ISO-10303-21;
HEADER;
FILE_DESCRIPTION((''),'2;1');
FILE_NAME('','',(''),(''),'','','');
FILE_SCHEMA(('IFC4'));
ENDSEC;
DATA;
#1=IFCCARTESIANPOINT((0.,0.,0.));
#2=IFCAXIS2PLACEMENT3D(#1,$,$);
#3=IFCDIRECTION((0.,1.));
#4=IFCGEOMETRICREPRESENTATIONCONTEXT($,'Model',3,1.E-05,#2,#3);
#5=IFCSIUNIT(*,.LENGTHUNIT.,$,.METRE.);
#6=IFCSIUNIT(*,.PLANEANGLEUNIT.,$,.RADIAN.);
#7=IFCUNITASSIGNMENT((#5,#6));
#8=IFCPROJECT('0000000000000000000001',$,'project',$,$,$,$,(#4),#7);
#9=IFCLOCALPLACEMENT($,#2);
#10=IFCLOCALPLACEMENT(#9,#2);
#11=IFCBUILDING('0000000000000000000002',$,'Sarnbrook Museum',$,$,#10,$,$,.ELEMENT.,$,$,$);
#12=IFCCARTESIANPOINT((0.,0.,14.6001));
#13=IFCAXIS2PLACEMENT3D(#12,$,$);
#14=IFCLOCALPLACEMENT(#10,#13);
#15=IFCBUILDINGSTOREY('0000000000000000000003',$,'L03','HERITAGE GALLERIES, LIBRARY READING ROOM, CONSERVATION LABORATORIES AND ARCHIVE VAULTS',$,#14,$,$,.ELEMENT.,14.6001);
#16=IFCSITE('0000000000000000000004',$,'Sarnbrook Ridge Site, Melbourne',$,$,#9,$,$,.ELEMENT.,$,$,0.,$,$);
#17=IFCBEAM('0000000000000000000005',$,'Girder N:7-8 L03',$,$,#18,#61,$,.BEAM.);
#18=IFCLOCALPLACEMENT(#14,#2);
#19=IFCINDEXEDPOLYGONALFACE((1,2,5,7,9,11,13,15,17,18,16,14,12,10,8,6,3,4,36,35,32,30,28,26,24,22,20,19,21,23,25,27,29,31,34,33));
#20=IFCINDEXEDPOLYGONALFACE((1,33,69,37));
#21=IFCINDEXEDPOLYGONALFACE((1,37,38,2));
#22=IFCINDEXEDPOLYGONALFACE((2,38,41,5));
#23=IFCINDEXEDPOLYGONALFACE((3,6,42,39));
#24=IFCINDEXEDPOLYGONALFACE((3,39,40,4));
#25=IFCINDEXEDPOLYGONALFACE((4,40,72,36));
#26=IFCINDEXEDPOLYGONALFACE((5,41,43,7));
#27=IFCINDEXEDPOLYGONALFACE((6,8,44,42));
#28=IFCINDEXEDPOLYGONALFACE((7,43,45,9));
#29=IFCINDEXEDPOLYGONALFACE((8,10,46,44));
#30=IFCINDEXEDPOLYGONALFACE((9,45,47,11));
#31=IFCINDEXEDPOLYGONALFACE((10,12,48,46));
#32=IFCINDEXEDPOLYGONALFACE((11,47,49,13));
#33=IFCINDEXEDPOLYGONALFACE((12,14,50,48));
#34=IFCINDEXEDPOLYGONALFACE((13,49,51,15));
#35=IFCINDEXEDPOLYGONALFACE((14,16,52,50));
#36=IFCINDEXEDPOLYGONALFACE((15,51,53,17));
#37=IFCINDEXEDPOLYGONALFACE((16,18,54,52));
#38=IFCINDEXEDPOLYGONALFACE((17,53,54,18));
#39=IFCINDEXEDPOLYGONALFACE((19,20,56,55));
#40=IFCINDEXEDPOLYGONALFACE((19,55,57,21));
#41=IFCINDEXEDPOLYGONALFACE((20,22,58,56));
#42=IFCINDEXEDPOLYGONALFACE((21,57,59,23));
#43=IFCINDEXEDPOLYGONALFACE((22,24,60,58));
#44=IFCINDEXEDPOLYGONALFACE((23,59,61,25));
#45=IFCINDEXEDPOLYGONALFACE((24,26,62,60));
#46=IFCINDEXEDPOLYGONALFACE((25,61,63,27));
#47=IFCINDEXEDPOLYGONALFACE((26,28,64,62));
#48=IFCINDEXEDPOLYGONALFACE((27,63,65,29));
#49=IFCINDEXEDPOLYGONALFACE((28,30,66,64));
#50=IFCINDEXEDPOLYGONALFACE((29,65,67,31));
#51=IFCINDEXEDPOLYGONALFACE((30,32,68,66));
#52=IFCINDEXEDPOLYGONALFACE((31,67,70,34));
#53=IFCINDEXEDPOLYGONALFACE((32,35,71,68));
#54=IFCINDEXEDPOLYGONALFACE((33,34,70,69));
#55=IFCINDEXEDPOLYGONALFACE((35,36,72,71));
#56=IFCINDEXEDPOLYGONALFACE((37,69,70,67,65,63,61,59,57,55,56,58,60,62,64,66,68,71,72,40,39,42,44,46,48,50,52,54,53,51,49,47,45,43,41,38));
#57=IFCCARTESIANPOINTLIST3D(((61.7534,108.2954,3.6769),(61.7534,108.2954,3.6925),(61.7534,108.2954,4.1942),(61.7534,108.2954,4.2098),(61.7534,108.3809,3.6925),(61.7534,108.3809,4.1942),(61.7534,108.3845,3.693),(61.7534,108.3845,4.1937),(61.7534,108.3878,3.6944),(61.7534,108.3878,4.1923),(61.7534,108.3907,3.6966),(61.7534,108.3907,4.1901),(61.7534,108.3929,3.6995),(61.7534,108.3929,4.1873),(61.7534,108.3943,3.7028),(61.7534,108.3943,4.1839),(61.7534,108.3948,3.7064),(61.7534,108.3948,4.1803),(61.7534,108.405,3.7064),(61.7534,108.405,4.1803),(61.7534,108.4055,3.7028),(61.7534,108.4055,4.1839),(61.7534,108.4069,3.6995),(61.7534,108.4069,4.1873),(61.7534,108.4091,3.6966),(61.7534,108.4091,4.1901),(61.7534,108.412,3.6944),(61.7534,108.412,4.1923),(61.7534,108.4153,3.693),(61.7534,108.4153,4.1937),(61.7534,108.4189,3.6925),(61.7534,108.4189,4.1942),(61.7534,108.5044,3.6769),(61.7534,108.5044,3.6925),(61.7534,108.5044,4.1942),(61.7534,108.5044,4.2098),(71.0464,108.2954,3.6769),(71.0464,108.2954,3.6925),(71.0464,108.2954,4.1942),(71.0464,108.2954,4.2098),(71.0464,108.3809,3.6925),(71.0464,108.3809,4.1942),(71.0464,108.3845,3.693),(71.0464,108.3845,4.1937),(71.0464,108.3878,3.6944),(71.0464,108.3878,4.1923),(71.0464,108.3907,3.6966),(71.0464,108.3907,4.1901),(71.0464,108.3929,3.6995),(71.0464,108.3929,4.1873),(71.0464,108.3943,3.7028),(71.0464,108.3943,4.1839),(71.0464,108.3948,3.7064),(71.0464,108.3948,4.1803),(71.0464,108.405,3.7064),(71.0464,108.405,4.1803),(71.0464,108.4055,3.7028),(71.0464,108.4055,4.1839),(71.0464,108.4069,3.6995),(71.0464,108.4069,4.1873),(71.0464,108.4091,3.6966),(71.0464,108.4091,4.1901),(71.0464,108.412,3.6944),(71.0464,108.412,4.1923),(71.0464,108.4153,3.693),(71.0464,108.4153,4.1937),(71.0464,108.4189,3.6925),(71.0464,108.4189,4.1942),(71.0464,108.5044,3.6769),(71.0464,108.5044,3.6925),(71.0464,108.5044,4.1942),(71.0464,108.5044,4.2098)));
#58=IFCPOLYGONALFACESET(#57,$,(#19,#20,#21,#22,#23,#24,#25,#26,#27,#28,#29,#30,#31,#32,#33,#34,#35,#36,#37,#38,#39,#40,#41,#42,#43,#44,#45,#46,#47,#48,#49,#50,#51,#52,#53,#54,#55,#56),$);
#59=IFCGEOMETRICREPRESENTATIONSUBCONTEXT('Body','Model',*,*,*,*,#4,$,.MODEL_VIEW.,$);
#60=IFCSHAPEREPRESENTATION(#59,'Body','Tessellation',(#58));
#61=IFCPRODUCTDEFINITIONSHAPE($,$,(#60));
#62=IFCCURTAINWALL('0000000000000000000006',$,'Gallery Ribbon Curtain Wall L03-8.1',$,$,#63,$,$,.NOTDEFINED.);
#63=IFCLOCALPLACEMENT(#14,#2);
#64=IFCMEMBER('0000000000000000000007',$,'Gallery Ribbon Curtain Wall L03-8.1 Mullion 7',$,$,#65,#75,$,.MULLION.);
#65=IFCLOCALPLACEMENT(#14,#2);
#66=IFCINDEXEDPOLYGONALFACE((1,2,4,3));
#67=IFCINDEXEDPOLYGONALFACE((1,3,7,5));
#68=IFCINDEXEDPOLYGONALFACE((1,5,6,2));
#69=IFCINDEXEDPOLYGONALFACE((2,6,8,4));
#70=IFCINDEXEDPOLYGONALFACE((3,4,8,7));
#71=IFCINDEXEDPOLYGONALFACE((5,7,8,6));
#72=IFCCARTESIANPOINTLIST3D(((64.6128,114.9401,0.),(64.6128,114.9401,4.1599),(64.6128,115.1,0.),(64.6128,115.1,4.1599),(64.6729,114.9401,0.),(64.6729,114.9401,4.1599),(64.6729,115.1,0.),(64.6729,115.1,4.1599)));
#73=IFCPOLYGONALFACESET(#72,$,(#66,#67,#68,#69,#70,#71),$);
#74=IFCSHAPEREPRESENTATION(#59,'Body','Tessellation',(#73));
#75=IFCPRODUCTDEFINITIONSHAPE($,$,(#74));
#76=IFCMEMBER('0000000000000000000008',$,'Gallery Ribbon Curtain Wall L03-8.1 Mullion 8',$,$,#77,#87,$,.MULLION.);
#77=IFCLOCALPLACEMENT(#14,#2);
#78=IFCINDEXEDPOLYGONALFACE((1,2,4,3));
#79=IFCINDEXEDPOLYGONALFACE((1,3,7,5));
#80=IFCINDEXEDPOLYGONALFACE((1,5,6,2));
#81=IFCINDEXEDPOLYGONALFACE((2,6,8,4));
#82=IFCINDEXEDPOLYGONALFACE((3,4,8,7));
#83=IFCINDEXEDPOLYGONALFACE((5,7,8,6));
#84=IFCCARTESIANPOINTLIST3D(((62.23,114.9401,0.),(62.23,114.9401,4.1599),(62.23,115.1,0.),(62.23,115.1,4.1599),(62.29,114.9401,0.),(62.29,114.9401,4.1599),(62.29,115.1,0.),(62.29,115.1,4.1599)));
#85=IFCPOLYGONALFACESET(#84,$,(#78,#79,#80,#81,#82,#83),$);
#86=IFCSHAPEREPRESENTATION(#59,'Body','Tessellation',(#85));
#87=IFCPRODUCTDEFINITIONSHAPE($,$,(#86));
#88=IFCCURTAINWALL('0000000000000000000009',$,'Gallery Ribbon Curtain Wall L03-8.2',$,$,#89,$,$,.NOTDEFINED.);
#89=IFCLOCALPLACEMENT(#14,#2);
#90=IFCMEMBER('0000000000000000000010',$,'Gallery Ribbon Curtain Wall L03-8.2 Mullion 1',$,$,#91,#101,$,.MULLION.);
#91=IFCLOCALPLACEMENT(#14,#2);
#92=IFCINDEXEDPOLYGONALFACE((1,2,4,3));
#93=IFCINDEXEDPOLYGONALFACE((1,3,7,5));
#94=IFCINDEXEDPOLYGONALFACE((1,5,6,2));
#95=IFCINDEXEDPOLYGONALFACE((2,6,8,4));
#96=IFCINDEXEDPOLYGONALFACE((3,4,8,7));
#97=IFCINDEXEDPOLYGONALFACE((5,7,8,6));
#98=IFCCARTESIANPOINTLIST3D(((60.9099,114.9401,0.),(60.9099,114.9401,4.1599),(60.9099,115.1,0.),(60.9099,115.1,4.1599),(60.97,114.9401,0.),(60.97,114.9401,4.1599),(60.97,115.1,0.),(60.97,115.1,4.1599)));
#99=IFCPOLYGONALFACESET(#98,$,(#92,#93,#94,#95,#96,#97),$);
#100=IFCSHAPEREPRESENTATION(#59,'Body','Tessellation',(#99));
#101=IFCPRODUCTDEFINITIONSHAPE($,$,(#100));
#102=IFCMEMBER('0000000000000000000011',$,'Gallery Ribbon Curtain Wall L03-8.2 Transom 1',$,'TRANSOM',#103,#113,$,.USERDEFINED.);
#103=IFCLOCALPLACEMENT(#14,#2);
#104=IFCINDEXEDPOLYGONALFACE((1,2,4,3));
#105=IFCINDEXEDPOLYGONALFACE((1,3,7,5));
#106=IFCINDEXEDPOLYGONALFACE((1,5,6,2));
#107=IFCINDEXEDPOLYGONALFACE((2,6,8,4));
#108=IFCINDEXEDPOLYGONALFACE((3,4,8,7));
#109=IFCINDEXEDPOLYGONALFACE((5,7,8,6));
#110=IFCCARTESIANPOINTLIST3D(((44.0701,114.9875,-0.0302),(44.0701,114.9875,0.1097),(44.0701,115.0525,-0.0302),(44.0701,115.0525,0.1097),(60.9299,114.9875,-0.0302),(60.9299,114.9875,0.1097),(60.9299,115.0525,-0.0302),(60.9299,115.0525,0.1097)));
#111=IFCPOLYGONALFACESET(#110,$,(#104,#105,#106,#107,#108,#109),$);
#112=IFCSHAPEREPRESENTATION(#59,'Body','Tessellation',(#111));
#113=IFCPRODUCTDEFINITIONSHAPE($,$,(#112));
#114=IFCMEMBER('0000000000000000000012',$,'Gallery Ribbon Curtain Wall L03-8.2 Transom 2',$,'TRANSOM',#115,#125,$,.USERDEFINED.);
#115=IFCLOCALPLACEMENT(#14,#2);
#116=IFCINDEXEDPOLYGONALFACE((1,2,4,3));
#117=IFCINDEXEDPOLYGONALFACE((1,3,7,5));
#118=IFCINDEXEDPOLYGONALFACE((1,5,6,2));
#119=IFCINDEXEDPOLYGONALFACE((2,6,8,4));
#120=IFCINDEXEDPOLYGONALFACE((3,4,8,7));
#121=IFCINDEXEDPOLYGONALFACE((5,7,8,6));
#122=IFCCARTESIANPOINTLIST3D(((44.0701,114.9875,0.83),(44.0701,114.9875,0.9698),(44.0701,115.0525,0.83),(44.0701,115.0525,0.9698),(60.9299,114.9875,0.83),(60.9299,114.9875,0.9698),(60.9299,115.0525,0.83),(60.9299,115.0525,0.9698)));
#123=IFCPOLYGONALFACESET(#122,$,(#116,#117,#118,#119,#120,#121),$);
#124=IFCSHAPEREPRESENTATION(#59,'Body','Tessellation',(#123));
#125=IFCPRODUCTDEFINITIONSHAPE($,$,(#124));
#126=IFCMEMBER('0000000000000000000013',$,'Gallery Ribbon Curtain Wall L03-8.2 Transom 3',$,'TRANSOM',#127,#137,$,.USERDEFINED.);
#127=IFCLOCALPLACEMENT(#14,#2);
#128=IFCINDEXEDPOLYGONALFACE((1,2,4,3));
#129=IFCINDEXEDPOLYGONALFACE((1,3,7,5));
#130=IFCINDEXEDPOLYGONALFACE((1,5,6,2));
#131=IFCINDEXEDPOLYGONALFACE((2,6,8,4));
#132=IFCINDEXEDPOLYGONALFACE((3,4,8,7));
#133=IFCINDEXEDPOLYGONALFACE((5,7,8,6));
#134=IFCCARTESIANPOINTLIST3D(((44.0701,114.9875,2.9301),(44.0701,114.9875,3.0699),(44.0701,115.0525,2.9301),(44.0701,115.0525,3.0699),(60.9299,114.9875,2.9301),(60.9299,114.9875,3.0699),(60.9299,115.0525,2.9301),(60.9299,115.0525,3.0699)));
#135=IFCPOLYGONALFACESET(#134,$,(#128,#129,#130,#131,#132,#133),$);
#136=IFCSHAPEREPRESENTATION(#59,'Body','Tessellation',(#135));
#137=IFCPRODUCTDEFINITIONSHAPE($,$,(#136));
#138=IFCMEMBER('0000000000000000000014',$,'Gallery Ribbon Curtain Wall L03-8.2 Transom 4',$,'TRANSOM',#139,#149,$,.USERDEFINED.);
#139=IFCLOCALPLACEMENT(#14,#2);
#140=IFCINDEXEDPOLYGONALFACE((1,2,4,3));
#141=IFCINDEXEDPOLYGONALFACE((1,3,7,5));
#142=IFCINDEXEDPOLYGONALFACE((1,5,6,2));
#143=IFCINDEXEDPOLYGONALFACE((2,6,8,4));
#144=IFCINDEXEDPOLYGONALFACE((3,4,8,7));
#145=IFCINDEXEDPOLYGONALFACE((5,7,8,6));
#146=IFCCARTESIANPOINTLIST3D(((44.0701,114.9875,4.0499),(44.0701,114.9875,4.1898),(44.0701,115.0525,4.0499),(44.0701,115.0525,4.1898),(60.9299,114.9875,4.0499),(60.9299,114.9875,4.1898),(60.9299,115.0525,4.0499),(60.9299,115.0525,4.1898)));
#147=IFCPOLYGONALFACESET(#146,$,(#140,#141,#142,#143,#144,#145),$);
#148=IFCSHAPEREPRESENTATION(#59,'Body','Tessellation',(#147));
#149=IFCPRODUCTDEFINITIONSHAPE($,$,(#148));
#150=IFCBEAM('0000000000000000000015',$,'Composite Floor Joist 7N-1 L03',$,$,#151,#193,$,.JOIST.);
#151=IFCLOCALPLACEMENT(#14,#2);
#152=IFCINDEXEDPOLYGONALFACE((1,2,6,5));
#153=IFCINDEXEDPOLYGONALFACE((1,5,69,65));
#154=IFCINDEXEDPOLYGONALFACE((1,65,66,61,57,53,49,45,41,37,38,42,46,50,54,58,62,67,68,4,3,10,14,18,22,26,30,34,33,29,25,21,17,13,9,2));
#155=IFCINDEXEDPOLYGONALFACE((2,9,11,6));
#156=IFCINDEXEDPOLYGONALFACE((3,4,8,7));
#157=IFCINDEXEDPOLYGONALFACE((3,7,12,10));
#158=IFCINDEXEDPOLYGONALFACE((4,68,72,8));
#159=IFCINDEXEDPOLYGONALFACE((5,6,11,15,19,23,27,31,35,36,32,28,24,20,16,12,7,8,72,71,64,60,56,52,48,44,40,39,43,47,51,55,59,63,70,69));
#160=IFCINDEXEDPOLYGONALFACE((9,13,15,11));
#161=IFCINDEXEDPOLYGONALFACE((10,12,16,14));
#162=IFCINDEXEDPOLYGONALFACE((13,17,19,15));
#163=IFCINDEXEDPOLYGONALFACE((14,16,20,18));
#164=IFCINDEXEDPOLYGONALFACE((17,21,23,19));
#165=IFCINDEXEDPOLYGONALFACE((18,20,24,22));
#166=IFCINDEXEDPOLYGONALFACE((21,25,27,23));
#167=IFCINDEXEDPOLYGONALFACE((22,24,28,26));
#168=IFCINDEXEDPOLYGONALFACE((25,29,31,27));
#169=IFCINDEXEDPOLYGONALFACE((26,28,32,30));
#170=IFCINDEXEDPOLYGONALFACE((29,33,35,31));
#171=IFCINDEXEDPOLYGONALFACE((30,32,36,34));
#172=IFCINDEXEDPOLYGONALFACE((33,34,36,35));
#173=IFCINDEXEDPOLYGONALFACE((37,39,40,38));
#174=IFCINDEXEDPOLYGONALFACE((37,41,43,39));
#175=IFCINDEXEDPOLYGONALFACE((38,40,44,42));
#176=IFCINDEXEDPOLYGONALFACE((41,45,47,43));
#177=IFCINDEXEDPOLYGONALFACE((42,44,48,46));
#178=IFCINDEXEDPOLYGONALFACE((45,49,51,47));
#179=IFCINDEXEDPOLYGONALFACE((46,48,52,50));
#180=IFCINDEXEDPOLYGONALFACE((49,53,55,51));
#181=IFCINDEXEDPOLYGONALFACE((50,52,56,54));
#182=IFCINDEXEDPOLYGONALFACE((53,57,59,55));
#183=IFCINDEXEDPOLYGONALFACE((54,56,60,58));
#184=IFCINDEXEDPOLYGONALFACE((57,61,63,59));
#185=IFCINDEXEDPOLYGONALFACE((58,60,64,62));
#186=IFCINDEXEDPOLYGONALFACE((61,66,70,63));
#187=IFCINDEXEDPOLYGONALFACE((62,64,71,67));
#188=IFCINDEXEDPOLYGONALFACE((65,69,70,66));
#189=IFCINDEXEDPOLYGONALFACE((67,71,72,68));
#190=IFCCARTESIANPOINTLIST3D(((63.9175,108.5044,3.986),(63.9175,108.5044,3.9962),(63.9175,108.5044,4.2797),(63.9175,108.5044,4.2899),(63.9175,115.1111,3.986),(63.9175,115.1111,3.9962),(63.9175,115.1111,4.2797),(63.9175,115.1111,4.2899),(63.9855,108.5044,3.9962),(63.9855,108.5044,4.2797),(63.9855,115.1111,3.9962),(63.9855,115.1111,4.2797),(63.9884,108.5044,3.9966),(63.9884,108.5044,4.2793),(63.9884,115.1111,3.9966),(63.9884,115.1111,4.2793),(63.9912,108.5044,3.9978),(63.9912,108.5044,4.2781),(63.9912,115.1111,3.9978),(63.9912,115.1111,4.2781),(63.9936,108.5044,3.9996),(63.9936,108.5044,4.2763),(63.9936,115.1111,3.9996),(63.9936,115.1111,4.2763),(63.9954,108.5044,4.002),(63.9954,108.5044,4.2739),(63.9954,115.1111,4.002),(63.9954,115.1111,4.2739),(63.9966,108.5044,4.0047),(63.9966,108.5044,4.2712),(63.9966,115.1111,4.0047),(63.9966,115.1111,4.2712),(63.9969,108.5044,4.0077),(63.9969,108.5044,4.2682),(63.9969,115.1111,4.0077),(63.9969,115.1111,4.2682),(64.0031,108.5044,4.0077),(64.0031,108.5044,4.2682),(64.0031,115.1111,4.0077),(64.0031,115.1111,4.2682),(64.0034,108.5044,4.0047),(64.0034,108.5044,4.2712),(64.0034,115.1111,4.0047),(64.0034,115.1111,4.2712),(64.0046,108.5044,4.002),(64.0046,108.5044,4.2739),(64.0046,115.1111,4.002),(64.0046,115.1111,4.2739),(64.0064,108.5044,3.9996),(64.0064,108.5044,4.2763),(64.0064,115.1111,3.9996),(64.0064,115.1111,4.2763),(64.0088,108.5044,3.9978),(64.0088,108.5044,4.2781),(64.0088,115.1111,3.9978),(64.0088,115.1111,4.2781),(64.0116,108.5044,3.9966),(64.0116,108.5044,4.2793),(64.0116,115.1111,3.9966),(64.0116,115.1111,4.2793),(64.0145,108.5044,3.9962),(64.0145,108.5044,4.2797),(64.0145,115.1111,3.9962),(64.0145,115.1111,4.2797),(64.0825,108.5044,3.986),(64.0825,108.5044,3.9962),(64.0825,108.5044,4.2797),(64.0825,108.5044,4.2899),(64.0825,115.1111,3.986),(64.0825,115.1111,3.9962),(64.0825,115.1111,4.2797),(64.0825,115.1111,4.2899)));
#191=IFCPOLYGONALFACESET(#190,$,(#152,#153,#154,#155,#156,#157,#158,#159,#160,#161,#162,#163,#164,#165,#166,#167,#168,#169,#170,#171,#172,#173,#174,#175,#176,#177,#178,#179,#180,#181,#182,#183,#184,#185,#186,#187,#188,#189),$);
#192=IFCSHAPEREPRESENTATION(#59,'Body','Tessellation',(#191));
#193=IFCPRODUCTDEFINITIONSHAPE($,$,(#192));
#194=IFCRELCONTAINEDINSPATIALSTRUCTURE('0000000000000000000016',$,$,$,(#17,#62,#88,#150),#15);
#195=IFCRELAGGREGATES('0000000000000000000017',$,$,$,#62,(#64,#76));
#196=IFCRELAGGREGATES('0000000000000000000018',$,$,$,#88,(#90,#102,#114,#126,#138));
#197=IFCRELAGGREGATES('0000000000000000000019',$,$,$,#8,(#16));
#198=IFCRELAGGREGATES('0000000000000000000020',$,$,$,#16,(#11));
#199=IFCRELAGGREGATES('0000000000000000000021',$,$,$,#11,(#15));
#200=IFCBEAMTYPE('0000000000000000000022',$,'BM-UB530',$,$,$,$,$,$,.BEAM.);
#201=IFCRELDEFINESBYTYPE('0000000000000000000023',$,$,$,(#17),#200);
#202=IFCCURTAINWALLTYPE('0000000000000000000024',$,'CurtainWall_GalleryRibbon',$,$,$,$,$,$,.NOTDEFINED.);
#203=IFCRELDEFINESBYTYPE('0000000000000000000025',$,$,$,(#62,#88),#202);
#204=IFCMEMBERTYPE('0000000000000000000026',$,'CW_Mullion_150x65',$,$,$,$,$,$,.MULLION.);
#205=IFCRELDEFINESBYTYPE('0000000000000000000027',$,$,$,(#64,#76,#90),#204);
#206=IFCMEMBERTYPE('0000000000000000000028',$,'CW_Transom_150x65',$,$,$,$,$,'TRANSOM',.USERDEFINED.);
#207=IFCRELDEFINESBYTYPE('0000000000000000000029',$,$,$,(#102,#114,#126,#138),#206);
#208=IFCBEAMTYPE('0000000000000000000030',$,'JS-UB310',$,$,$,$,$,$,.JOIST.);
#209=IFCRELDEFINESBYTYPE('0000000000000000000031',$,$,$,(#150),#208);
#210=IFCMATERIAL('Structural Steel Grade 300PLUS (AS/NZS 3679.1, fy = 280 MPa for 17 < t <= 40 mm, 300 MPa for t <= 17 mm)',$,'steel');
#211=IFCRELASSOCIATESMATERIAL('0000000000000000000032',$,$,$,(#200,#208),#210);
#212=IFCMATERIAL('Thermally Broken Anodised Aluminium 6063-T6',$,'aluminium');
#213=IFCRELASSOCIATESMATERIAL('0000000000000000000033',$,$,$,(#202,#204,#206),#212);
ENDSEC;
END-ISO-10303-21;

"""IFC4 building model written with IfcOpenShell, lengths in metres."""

from ifc_helpers import new_model, si_unit, direction, frame, origin, origin_2d, place, context, subcontext, project, spatial, rectangle, i_section, extrude, material, material_profile, profile_set, type_object, element, aggregate, save


model = new_model("IFC4")

# Units and contexts
model_context = context("Model", 3, precision=1e-05, world=origin(), true_north=direction((0.0, 1.0)))
body_context = subcontext(model_context, "Body", "Model", "MODEL_VIEW")
ifc_project = project(units=[si_unit("LENGTHUNIT", "METRE"), si_unit("PLANEANGLEUNIT", "RADIAN")], contexts=[model_context])

# Site, building, storey
site_placement = place(None, origin())
site = spatial("IfcSite", under=ifc_project, at=site_placement, Name="Sarnbrook Ridge Site, Melbourne", CompositionType="ELEMENT", RefElevation=0.0)
building_placement = place(site_placement, origin())
building = spatial("IfcBuilding", under=site, at=building_placement, Name="Sarnbrook Museum", CompositionType="ELEMENT")
storey_placement = place(building_placement, frame((0.0, 0.0, 14.6001)))
storey = spatial("IfcBuildingStorey", under=building, at=storey_placement, Name="L03", Description="HERITAGE GALLERIES, LIBRARY READING ROOM, CONSERVATION LABORATORIES AND ARCHIVE VAULTS", CompositionType="ELEMENT", Elevation=14.6001)

# Shared definitions
ifc_material_1 = material(Name="Structural Steel Grade 300PLUS (AS/NZS 3679.1, fy = 280 MPa for 17 < t <= 40 mm, 300 MPa for t <= 17 mm)", Category="steel")

# Beam
ifc_material_profile_1 = material_profile(ifc_material_1, i_section(OverallWidth=0.209, OverallDepth=0.533, WebThickness=0.0103, FlangeThickness=0.0156, FilletRadius=0.0139, at=origin_2d()), Name="530UB92.4")
ifc_profile_set_1 = profile_set([ifc_material_profile_1], Name="Structural Steel Grade 300PLUS (AS/NZS 3679.1, fy = 280 MPa for 17 < t <= 40 mm, 300 MPa for t <= 17 mm)")
beam_type_1 = type_object("IfcBeamType", Name="BM-UB530", PredefinedType="BEAM", material=ifc_profile_set_1)
beam_1_placement = place(storey_placement, frame((61.7534, 108.3999, 3.9434), z_axis=(1.0, 0.0, 0.0), x_axis=(0.0, 1.0, 0.0)))
element("IfcBeam", 1, at=beam_1_placement, inside=storey, type_object=beam_type_1, Name="Girder N:7-8 L03", PredefinedType="BEAM", context=body_context, shape_type="SweptSolid", body=[
    extrude(i_section(OverallWidth=0.209, OverallDepth=0.533, WebThickness=0.0103, FlangeThickness=0.0156, FilletRadius=0.0139, at=origin_2d()), origin(), (0.0, 0.0, 1.0), 9.293),
])

# Curtain walls, members
ifc_material_2 = material(Name="Thermally Broken Anodised Aluminium 6063-T6", Category="aluminium")
curtain_wall_type = type_object("IfcCurtainWallType", Name="CurtainWall_GalleryRibbon", PredefinedType="NOTDEFINED", material=ifc_material_2)
curtain_wall_1_placement = place(storey_placement, origin())
curtain_wall_1 = element("IfcCurtainWall", 2, at=curtain_wall_1_placement, inside=storey, type_object=curtain_wall_type, Name="Gallery Ribbon Curtain Wall L03-8.1", PredefinedType="NOTDEFINED")
ifc_material_profile_2 = material_profile(ifc_material_2, rectangle(XDim=0.0601, YDim=0.1599, at=origin_2d()), Name="ALU MULLION 60x160")
ifc_profile_set_2 = profile_set([ifc_material_profile_2], Name="Thermally Broken Anodised Aluminium 6063-T6")
member_type_1 = type_object("IfcMemberType", Name="CW_Mullion_150x65", PredefinedType="MULLION", material=ifc_profile_set_2)
member_1_placement = place(storey_placement, frame((64.6428, 115.02, 0.0), z_axis=(0.0, 0.0, 1.0), x_axis=(1.0, 0.0, 0.0)))
member_1 = element("IfcMember", 3, at=member_1_placement, type_object=member_type_1, Name="Gallery Ribbon Curtain Wall L03-8.1 Mullion 7", PredefinedType="MULLION", context=body_context, shape_type="SweptSolid", body=[
    extrude(rectangle(XDim=0.0601, YDim=0.1599, at=origin_2d()), origin(), (0.0, 0.0, 1.0), 4.1599),
])
member_2_placement = place(storey_placement, frame((62.26, 115.02, 0.0), z_axis=(0.0, 0.0, 1.0), x_axis=(1.0, 0.0, 0.0)))
member_2 = element("IfcMember", 4, at=member_2_placement, type_object=member_type_1, Name="Gallery Ribbon Curtain Wall L03-8.1 Mullion 8", PredefinedType="MULLION", context=body_context, shape_type="SweptSolid", body=[
    extrude(rectangle(XDim=0.0601, YDim=0.1599, at=origin_2d()), origin(), (0.0, 0.0, 1.0), 4.1599),
])
curtain_wall_2_placement = place(storey_placement, origin())
curtain_wall_2 = element("IfcCurtainWall", 5, at=curtain_wall_2_placement, inside=storey, type_object=curtain_wall_type, Name="Gallery Ribbon Curtain Wall L03-8.2", PredefinedType="NOTDEFINED")
member_3_placement = place(storey_placement, frame((60.9399, 115.02, 0.0), z_axis=(0.0, 0.0, 1.0), x_axis=(1.0, 0.0, 0.0)))
member_3 = element("IfcMember", 6, at=member_3_placement, type_object=member_type_1, Name="Gallery Ribbon Curtain Wall L03-8.2 Mullion 1", PredefinedType="MULLION", context=body_context, shape_type="SweptSolid", body=[
    extrude(rectangle(XDim=0.0601, YDim=0.1599, at=origin_2d()), origin(), (0.0, 0.0, 1.0), 4.1599),
])
ifc_material_profile_3 = material_profile(ifc_material_2, rectangle(XDim=0.0649, YDim=0.1399, at=origin_2d()), Name="ALU TRANSOM 65x140")
ifc_profile_set_3 = profile_set([ifc_material_profile_3], Name="Thermally Broken Anodised Aluminium 6063-T6")
member_type_2 = type_object("IfcMemberType", Name="CW_Transom_150x65", ElementType="TRANSOM", PredefinedType="USERDEFINED", material=ifc_profile_set_3)
member_4_placement = place(storey_placement, frame((60.9299, 115.02, 0.0398), z_axis=(-1.0, 0.0, 0.0), x_axis=(0.0, -1.0, 0.0)))
member_4 = element("IfcMember", 7, at=member_4_placement, type_object=member_type_2, Name="Gallery Ribbon Curtain Wall L03-8.2 Transom 1", ObjectType="TRANSOM", PredefinedType="USERDEFINED", context=body_context, shape_type="SweptSolid", body=[
    extrude(rectangle(XDim=0.0649, YDim=0.1399, at=origin_2d()), origin(), (0.0, 0.0, 1.0), 16.8599),
])
member_5_placement = place(storey_placement, frame((60.9299, 115.02, 0.8999), z_axis=(-1.0, 0.0, 0.0), x_axis=(0.0, -1.0, 0.0)))
member_5 = element("IfcMember", 8, at=member_5_placement, type_object=member_type_2, Name="Gallery Ribbon Curtain Wall L03-8.2 Transom 2", ObjectType="TRANSOM", PredefinedType="USERDEFINED", context=body_context, shape_type="SweptSolid", body=[
    extrude(rectangle(XDim=0.0649, YDim=0.1399, at=origin_2d()), origin(), (0.0, 0.0, 1.0), 16.8599),
])
member_6_placement = place(storey_placement, frame((60.9299, 115.02, 3.0), z_axis=(-1.0, 0.0, 0.0), x_axis=(0.0, -1.0, 0.0)))
member_6 = element("IfcMember", 9, at=member_6_placement, type_object=member_type_2, Name="Gallery Ribbon Curtain Wall L03-8.2 Transom 3", ObjectType="TRANSOM", PredefinedType="USERDEFINED", context=body_context, shape_type="SweptSolid", body=[
    extrude(rectangle(XDim=0.0649, YDim=0.1399, at=origin_2d()), origin(), (0.0, 0.0, 1.0), 16.8599),
])
member_7_placement = place(storey_placement, frame((60.9299, 115.02, 4.1199), z_axis=(-1.0, 0.0, 0.0), x_axis=(0.0, -1.0, 0.0)))
member_7 = element("IfcMember", 10, at=member_7_placement, type_object=member_type_2, Name="Gallery Ribbon Curtain Wall L03-8.2 Transom 4", ObjectType="TRANSOM", PredefinedType="USERDEFINED", context=body_context, shape_type="SweptSolid", body=[
    extrude(rectangle(XDim=0.0649, YDim=0.1399, at=origin_2d()), origin(), (0.0, 0.0, 1.0), 16.8599),
])

# Beam
ifc_material_profile_4 = material_profile(ifc_material_1, i_section(OverallWidth=0.165, OverallDepth=0.304, WebThickness=0.0061, FlangeThickness=0.0103, FilletRadius=0.0115, at=origin_2d()), Name="310UB40.4")
ifc_profile_set_4 = profile_set([ifc_material_profile_4], Name="Structural Steel Grade 300PLUS (AS/NZS 3679.1, fy = 280 MPa for 17 < t <= 40 mm, 300 MPa for t <= 17 mm)")
beam_type_2 = type_object("IfcBeamType", Name="JS-UB310", PredefinedType="JOIST", material=ifc_profile_set_4)
beam_2_placement = place(storey_placement, frame((64.0, 108.5044, 4.1379), z_axis=(0.0, 1.0, 0.0), x_axis=(-1.0, 0.0, 0.0)))
element("IfcBeam", 11, at=beam_2_placement, inside=storey, type_object=beam_type_2, Name="Composite Floor Joist 7N-1 L03", PredefinedType="JOIST", context=body_context, shape_type="SweptSolid", body=[
    extrude(i_section(OverallWidth=0.165, OverallDepth=0.304, WebThickness=0.0061, FlangeThickness=0.0103, FilletRadius=0.0115, at=origin_2d()), origin(), (0.0, 0.0, 1.0), 6.6067),
])

aggregate(curtain_wall_1, [member_1, member_2])
aggregate(curtain_wall_2, [member_3, member_4, member_5, member_6, member_7])

save(model, "model.ifc")
